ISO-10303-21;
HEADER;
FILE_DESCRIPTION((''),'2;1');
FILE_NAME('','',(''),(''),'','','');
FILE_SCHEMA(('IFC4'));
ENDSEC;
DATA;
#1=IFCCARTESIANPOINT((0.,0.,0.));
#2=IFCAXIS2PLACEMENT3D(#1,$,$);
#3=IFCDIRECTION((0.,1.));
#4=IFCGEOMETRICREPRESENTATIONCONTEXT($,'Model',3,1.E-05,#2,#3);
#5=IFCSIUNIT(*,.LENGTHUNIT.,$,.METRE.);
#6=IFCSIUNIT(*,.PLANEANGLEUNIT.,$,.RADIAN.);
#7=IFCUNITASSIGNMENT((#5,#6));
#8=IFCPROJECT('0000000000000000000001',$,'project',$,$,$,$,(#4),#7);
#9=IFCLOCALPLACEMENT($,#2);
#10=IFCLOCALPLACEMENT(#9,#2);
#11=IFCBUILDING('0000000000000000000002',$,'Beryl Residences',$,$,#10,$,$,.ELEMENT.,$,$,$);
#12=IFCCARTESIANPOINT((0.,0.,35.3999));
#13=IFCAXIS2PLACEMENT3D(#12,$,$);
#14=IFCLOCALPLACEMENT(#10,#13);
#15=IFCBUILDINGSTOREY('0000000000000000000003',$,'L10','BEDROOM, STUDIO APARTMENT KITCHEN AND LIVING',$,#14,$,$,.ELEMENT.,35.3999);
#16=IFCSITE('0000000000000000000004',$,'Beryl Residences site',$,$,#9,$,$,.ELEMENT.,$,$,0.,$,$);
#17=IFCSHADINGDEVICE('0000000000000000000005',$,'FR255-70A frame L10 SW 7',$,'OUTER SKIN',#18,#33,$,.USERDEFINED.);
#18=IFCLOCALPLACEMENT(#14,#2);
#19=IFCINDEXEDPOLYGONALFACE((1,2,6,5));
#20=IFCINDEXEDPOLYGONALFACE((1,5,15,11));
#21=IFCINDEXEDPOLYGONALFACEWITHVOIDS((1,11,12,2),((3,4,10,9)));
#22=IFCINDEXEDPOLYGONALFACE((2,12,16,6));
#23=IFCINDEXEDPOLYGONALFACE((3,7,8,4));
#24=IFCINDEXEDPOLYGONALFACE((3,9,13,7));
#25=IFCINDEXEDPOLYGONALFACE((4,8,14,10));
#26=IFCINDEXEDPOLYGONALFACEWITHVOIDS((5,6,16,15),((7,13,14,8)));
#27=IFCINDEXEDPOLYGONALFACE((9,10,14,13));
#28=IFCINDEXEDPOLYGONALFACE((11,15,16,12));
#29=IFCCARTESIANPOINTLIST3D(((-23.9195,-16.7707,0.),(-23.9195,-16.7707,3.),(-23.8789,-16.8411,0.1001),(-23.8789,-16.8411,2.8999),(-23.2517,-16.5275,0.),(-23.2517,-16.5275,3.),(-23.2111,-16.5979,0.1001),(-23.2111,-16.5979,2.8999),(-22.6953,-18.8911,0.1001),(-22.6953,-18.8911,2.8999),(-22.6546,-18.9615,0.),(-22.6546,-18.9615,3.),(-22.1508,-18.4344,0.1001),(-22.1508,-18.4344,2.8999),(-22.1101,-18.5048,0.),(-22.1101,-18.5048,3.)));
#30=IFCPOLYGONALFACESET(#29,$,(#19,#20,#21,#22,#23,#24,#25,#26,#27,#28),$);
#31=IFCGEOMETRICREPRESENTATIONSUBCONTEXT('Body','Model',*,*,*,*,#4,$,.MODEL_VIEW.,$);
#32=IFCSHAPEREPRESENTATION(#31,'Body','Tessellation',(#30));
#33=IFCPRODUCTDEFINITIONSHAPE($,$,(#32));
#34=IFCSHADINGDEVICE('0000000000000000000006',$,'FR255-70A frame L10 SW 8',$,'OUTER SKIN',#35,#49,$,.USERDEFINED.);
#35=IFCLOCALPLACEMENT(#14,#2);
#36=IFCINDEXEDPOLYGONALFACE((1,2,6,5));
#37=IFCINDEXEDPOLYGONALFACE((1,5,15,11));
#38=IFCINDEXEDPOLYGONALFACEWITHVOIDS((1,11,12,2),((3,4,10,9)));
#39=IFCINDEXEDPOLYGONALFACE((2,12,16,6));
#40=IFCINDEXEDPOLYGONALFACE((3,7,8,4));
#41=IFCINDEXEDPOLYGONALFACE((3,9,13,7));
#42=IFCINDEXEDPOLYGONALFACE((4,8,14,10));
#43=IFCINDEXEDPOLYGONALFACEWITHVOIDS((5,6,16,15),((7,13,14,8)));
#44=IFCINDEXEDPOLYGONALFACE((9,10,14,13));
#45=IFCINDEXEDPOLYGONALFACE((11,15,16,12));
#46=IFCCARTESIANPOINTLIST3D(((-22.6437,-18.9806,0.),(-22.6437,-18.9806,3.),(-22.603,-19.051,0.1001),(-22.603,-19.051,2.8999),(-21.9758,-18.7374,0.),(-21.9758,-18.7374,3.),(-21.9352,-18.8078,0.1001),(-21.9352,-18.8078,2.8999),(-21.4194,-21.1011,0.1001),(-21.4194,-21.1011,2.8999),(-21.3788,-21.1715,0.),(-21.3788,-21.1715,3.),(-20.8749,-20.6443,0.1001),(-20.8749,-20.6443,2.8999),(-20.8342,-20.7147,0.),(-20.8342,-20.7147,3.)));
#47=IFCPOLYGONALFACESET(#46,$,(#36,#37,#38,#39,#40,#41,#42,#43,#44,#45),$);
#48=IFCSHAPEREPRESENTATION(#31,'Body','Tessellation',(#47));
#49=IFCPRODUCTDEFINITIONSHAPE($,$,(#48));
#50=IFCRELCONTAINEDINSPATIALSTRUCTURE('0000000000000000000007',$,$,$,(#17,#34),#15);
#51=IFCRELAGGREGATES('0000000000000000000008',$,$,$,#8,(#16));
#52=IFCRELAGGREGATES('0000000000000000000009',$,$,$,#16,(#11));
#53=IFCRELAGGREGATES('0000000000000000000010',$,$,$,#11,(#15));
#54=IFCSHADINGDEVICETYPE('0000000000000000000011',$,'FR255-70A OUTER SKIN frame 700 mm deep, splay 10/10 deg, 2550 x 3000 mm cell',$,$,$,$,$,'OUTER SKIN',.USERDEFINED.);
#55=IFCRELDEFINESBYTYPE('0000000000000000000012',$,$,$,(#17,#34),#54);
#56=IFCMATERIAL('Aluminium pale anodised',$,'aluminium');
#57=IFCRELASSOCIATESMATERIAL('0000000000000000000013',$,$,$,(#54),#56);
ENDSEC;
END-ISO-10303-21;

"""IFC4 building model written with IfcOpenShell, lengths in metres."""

from ifc_helpers import new_model, entity, si_unit, direction, frame, origin, place, context, subcontext, project, spatial, source, transform, mapped, material, type_object, type_shapes, element, save


model = new_model("IFC4")

# Units and contexts
model_context = context("Model", 3, precision=1e-05, world=origin(), true_north=direction((0.0, 1.0)))
body_context = subcontext(model_context, "Body", "Model", "MODEL_VIEW")
ifc_project = project(units=[si_unit("LENGTHUNIT", "METRE"), si_unit("PLANEANGLEUNIT", "RADIAN")], contexts=[model_context])

# Site, building, storey
site_placement = place(None, origin())
site = spatial("IfcSite", under=ifc_project, at=site_placement, Name="Beryl Residences site", CompositionType="ELEMENT", RefElevation=0.0)
building_placement = place(site_placement, origin())
building = spatial("IfcBuilding", under=site, at=building_placement, Name="Beryl Residences", CompositionType="ELEMENT")
storey_placement = place(building_placement, frame((0.0, 0.0, 35.3999)))
storey = spatial("IfcBuildingStorey", under=building, at=storey_placement, Name="L10", Description="BEDROOM, STUDIO APARTMENT KITCHEN AND LIVING", CompositionType="ELEMENT", Elevation=35.3999)

# Shading devices
ifc_material_1 = material(Name="Aluminium pale anodised", Category="aluminium")
shading_device_type = type_object("IfcShadingDeviceType", Name="FR255-70A OUTER SKIN frame 700 mm deep, splay 10/10 deg, 2550 x 3000 mm cell", ElementType="OUTER SKIN", PredefinedType="USERDEFINED", material=ifc_material_1)
cartesian_point_1 = entity("IfcCartesianPoint", [-1.1416, 0.0])
cartesian_point_2 = entity("IfcCartesianPoint", [-1.0603, 0.1001])
cartesian_point_3 = entity("IfcCartesianPoint", [-1.2649, 0.0])
cartesian_point_4 = entity("IfcCartesianPoint", [-1.1836, 0.1001])
shared_shape = source(origin(), body_context, "Body", "SweptSolid", [
    entity("IfcExtrudedAreaSolidTapered", entity("IfcArbitraryProfileDefWithVoids", "AREA", None, entity("IfcPolyline", [cartesian_point_1, entity("IfcCartesianPoint", [1.1416, 0.0]), entity("IfcCartesianPoint", [1.1416, 3.0]), entity("IfcCartesianPoint", [-1.1416, 3.0]), cartesian_point_1]), [entity("IfcPolyline", [cartesian_point_2, entity("IfcCartesianPoint", [1.0603, 0.1001]), entity("IfcCartesianPoint", [1.0603, 2.8999]), entity("IfcCartesianPoint", [-1.0603, 2.8999]), cartesian_point_2])]), entity("IfcAxis2Placement3D", entity("IfcCartesianPoint", [0.0, 0.0, 0.0]), entity("IfcDirection", [0.0, 1.0, 0.0]), entity("IfcDirection", [-1.0, 0.0, 0.0])), entity("IfcDirection", [0.0, 0.0, 1.0]), 0.7, entity("IfcArbitraryProfileDefWithVoids", "AREA", None, entity("IfcPolyline", [cartesian_point_3, entity("IfcCartesianPoint", [1.2649, 0.0]), entity("IfcCartesianPoint", [1.2649, 3.0]), entity("IfcCartesianPoint", [-1.2649, 3.0]), cartesian_point_3]), [entity("IfcPolyline", [cartesian_point_4, entity("IfcCartesianPoint", [1.1836, 0.1001]), entity("IfcCartesianPoint", [1.1836, 2.8999]), entity("IfcCartesianPoint", [-1.1836, 2.8999]), cartesian_point_4])])),
])
type_shapes(shading_device_type, [shared_shape])
for number, where, z_axis, x_axis, name in (
    (1, (-22.6809, -17.5161, 0.0), (0.0, 0.0, 1.0), (-0.5, 0.866025, 0.0), "FR255-70A frame L10 SW 7"),
    (2, (-21.405, -19.7261, 0.0), (0.0, 0.0, 1.0), (-0.5, 0.866025, 0.0), "FR255-70A frame L10 SW 8"),
):
    element("IfcShadingDevice", number, at=place(storey_placement, frame(where, z_axis=z_axis, x_axis=x_axis)), inside=storey, type_object=shading_device_type, Name=name, ObjectType="OUTER SKIN", PredefinedType="USERDEFINED", context=body_context, shape_type="MappedRepresentation", body=[
        mapped(shared_shape, transform((0.0, 0.0, 0.0))),
    ])

save(model, "model.ifc")
